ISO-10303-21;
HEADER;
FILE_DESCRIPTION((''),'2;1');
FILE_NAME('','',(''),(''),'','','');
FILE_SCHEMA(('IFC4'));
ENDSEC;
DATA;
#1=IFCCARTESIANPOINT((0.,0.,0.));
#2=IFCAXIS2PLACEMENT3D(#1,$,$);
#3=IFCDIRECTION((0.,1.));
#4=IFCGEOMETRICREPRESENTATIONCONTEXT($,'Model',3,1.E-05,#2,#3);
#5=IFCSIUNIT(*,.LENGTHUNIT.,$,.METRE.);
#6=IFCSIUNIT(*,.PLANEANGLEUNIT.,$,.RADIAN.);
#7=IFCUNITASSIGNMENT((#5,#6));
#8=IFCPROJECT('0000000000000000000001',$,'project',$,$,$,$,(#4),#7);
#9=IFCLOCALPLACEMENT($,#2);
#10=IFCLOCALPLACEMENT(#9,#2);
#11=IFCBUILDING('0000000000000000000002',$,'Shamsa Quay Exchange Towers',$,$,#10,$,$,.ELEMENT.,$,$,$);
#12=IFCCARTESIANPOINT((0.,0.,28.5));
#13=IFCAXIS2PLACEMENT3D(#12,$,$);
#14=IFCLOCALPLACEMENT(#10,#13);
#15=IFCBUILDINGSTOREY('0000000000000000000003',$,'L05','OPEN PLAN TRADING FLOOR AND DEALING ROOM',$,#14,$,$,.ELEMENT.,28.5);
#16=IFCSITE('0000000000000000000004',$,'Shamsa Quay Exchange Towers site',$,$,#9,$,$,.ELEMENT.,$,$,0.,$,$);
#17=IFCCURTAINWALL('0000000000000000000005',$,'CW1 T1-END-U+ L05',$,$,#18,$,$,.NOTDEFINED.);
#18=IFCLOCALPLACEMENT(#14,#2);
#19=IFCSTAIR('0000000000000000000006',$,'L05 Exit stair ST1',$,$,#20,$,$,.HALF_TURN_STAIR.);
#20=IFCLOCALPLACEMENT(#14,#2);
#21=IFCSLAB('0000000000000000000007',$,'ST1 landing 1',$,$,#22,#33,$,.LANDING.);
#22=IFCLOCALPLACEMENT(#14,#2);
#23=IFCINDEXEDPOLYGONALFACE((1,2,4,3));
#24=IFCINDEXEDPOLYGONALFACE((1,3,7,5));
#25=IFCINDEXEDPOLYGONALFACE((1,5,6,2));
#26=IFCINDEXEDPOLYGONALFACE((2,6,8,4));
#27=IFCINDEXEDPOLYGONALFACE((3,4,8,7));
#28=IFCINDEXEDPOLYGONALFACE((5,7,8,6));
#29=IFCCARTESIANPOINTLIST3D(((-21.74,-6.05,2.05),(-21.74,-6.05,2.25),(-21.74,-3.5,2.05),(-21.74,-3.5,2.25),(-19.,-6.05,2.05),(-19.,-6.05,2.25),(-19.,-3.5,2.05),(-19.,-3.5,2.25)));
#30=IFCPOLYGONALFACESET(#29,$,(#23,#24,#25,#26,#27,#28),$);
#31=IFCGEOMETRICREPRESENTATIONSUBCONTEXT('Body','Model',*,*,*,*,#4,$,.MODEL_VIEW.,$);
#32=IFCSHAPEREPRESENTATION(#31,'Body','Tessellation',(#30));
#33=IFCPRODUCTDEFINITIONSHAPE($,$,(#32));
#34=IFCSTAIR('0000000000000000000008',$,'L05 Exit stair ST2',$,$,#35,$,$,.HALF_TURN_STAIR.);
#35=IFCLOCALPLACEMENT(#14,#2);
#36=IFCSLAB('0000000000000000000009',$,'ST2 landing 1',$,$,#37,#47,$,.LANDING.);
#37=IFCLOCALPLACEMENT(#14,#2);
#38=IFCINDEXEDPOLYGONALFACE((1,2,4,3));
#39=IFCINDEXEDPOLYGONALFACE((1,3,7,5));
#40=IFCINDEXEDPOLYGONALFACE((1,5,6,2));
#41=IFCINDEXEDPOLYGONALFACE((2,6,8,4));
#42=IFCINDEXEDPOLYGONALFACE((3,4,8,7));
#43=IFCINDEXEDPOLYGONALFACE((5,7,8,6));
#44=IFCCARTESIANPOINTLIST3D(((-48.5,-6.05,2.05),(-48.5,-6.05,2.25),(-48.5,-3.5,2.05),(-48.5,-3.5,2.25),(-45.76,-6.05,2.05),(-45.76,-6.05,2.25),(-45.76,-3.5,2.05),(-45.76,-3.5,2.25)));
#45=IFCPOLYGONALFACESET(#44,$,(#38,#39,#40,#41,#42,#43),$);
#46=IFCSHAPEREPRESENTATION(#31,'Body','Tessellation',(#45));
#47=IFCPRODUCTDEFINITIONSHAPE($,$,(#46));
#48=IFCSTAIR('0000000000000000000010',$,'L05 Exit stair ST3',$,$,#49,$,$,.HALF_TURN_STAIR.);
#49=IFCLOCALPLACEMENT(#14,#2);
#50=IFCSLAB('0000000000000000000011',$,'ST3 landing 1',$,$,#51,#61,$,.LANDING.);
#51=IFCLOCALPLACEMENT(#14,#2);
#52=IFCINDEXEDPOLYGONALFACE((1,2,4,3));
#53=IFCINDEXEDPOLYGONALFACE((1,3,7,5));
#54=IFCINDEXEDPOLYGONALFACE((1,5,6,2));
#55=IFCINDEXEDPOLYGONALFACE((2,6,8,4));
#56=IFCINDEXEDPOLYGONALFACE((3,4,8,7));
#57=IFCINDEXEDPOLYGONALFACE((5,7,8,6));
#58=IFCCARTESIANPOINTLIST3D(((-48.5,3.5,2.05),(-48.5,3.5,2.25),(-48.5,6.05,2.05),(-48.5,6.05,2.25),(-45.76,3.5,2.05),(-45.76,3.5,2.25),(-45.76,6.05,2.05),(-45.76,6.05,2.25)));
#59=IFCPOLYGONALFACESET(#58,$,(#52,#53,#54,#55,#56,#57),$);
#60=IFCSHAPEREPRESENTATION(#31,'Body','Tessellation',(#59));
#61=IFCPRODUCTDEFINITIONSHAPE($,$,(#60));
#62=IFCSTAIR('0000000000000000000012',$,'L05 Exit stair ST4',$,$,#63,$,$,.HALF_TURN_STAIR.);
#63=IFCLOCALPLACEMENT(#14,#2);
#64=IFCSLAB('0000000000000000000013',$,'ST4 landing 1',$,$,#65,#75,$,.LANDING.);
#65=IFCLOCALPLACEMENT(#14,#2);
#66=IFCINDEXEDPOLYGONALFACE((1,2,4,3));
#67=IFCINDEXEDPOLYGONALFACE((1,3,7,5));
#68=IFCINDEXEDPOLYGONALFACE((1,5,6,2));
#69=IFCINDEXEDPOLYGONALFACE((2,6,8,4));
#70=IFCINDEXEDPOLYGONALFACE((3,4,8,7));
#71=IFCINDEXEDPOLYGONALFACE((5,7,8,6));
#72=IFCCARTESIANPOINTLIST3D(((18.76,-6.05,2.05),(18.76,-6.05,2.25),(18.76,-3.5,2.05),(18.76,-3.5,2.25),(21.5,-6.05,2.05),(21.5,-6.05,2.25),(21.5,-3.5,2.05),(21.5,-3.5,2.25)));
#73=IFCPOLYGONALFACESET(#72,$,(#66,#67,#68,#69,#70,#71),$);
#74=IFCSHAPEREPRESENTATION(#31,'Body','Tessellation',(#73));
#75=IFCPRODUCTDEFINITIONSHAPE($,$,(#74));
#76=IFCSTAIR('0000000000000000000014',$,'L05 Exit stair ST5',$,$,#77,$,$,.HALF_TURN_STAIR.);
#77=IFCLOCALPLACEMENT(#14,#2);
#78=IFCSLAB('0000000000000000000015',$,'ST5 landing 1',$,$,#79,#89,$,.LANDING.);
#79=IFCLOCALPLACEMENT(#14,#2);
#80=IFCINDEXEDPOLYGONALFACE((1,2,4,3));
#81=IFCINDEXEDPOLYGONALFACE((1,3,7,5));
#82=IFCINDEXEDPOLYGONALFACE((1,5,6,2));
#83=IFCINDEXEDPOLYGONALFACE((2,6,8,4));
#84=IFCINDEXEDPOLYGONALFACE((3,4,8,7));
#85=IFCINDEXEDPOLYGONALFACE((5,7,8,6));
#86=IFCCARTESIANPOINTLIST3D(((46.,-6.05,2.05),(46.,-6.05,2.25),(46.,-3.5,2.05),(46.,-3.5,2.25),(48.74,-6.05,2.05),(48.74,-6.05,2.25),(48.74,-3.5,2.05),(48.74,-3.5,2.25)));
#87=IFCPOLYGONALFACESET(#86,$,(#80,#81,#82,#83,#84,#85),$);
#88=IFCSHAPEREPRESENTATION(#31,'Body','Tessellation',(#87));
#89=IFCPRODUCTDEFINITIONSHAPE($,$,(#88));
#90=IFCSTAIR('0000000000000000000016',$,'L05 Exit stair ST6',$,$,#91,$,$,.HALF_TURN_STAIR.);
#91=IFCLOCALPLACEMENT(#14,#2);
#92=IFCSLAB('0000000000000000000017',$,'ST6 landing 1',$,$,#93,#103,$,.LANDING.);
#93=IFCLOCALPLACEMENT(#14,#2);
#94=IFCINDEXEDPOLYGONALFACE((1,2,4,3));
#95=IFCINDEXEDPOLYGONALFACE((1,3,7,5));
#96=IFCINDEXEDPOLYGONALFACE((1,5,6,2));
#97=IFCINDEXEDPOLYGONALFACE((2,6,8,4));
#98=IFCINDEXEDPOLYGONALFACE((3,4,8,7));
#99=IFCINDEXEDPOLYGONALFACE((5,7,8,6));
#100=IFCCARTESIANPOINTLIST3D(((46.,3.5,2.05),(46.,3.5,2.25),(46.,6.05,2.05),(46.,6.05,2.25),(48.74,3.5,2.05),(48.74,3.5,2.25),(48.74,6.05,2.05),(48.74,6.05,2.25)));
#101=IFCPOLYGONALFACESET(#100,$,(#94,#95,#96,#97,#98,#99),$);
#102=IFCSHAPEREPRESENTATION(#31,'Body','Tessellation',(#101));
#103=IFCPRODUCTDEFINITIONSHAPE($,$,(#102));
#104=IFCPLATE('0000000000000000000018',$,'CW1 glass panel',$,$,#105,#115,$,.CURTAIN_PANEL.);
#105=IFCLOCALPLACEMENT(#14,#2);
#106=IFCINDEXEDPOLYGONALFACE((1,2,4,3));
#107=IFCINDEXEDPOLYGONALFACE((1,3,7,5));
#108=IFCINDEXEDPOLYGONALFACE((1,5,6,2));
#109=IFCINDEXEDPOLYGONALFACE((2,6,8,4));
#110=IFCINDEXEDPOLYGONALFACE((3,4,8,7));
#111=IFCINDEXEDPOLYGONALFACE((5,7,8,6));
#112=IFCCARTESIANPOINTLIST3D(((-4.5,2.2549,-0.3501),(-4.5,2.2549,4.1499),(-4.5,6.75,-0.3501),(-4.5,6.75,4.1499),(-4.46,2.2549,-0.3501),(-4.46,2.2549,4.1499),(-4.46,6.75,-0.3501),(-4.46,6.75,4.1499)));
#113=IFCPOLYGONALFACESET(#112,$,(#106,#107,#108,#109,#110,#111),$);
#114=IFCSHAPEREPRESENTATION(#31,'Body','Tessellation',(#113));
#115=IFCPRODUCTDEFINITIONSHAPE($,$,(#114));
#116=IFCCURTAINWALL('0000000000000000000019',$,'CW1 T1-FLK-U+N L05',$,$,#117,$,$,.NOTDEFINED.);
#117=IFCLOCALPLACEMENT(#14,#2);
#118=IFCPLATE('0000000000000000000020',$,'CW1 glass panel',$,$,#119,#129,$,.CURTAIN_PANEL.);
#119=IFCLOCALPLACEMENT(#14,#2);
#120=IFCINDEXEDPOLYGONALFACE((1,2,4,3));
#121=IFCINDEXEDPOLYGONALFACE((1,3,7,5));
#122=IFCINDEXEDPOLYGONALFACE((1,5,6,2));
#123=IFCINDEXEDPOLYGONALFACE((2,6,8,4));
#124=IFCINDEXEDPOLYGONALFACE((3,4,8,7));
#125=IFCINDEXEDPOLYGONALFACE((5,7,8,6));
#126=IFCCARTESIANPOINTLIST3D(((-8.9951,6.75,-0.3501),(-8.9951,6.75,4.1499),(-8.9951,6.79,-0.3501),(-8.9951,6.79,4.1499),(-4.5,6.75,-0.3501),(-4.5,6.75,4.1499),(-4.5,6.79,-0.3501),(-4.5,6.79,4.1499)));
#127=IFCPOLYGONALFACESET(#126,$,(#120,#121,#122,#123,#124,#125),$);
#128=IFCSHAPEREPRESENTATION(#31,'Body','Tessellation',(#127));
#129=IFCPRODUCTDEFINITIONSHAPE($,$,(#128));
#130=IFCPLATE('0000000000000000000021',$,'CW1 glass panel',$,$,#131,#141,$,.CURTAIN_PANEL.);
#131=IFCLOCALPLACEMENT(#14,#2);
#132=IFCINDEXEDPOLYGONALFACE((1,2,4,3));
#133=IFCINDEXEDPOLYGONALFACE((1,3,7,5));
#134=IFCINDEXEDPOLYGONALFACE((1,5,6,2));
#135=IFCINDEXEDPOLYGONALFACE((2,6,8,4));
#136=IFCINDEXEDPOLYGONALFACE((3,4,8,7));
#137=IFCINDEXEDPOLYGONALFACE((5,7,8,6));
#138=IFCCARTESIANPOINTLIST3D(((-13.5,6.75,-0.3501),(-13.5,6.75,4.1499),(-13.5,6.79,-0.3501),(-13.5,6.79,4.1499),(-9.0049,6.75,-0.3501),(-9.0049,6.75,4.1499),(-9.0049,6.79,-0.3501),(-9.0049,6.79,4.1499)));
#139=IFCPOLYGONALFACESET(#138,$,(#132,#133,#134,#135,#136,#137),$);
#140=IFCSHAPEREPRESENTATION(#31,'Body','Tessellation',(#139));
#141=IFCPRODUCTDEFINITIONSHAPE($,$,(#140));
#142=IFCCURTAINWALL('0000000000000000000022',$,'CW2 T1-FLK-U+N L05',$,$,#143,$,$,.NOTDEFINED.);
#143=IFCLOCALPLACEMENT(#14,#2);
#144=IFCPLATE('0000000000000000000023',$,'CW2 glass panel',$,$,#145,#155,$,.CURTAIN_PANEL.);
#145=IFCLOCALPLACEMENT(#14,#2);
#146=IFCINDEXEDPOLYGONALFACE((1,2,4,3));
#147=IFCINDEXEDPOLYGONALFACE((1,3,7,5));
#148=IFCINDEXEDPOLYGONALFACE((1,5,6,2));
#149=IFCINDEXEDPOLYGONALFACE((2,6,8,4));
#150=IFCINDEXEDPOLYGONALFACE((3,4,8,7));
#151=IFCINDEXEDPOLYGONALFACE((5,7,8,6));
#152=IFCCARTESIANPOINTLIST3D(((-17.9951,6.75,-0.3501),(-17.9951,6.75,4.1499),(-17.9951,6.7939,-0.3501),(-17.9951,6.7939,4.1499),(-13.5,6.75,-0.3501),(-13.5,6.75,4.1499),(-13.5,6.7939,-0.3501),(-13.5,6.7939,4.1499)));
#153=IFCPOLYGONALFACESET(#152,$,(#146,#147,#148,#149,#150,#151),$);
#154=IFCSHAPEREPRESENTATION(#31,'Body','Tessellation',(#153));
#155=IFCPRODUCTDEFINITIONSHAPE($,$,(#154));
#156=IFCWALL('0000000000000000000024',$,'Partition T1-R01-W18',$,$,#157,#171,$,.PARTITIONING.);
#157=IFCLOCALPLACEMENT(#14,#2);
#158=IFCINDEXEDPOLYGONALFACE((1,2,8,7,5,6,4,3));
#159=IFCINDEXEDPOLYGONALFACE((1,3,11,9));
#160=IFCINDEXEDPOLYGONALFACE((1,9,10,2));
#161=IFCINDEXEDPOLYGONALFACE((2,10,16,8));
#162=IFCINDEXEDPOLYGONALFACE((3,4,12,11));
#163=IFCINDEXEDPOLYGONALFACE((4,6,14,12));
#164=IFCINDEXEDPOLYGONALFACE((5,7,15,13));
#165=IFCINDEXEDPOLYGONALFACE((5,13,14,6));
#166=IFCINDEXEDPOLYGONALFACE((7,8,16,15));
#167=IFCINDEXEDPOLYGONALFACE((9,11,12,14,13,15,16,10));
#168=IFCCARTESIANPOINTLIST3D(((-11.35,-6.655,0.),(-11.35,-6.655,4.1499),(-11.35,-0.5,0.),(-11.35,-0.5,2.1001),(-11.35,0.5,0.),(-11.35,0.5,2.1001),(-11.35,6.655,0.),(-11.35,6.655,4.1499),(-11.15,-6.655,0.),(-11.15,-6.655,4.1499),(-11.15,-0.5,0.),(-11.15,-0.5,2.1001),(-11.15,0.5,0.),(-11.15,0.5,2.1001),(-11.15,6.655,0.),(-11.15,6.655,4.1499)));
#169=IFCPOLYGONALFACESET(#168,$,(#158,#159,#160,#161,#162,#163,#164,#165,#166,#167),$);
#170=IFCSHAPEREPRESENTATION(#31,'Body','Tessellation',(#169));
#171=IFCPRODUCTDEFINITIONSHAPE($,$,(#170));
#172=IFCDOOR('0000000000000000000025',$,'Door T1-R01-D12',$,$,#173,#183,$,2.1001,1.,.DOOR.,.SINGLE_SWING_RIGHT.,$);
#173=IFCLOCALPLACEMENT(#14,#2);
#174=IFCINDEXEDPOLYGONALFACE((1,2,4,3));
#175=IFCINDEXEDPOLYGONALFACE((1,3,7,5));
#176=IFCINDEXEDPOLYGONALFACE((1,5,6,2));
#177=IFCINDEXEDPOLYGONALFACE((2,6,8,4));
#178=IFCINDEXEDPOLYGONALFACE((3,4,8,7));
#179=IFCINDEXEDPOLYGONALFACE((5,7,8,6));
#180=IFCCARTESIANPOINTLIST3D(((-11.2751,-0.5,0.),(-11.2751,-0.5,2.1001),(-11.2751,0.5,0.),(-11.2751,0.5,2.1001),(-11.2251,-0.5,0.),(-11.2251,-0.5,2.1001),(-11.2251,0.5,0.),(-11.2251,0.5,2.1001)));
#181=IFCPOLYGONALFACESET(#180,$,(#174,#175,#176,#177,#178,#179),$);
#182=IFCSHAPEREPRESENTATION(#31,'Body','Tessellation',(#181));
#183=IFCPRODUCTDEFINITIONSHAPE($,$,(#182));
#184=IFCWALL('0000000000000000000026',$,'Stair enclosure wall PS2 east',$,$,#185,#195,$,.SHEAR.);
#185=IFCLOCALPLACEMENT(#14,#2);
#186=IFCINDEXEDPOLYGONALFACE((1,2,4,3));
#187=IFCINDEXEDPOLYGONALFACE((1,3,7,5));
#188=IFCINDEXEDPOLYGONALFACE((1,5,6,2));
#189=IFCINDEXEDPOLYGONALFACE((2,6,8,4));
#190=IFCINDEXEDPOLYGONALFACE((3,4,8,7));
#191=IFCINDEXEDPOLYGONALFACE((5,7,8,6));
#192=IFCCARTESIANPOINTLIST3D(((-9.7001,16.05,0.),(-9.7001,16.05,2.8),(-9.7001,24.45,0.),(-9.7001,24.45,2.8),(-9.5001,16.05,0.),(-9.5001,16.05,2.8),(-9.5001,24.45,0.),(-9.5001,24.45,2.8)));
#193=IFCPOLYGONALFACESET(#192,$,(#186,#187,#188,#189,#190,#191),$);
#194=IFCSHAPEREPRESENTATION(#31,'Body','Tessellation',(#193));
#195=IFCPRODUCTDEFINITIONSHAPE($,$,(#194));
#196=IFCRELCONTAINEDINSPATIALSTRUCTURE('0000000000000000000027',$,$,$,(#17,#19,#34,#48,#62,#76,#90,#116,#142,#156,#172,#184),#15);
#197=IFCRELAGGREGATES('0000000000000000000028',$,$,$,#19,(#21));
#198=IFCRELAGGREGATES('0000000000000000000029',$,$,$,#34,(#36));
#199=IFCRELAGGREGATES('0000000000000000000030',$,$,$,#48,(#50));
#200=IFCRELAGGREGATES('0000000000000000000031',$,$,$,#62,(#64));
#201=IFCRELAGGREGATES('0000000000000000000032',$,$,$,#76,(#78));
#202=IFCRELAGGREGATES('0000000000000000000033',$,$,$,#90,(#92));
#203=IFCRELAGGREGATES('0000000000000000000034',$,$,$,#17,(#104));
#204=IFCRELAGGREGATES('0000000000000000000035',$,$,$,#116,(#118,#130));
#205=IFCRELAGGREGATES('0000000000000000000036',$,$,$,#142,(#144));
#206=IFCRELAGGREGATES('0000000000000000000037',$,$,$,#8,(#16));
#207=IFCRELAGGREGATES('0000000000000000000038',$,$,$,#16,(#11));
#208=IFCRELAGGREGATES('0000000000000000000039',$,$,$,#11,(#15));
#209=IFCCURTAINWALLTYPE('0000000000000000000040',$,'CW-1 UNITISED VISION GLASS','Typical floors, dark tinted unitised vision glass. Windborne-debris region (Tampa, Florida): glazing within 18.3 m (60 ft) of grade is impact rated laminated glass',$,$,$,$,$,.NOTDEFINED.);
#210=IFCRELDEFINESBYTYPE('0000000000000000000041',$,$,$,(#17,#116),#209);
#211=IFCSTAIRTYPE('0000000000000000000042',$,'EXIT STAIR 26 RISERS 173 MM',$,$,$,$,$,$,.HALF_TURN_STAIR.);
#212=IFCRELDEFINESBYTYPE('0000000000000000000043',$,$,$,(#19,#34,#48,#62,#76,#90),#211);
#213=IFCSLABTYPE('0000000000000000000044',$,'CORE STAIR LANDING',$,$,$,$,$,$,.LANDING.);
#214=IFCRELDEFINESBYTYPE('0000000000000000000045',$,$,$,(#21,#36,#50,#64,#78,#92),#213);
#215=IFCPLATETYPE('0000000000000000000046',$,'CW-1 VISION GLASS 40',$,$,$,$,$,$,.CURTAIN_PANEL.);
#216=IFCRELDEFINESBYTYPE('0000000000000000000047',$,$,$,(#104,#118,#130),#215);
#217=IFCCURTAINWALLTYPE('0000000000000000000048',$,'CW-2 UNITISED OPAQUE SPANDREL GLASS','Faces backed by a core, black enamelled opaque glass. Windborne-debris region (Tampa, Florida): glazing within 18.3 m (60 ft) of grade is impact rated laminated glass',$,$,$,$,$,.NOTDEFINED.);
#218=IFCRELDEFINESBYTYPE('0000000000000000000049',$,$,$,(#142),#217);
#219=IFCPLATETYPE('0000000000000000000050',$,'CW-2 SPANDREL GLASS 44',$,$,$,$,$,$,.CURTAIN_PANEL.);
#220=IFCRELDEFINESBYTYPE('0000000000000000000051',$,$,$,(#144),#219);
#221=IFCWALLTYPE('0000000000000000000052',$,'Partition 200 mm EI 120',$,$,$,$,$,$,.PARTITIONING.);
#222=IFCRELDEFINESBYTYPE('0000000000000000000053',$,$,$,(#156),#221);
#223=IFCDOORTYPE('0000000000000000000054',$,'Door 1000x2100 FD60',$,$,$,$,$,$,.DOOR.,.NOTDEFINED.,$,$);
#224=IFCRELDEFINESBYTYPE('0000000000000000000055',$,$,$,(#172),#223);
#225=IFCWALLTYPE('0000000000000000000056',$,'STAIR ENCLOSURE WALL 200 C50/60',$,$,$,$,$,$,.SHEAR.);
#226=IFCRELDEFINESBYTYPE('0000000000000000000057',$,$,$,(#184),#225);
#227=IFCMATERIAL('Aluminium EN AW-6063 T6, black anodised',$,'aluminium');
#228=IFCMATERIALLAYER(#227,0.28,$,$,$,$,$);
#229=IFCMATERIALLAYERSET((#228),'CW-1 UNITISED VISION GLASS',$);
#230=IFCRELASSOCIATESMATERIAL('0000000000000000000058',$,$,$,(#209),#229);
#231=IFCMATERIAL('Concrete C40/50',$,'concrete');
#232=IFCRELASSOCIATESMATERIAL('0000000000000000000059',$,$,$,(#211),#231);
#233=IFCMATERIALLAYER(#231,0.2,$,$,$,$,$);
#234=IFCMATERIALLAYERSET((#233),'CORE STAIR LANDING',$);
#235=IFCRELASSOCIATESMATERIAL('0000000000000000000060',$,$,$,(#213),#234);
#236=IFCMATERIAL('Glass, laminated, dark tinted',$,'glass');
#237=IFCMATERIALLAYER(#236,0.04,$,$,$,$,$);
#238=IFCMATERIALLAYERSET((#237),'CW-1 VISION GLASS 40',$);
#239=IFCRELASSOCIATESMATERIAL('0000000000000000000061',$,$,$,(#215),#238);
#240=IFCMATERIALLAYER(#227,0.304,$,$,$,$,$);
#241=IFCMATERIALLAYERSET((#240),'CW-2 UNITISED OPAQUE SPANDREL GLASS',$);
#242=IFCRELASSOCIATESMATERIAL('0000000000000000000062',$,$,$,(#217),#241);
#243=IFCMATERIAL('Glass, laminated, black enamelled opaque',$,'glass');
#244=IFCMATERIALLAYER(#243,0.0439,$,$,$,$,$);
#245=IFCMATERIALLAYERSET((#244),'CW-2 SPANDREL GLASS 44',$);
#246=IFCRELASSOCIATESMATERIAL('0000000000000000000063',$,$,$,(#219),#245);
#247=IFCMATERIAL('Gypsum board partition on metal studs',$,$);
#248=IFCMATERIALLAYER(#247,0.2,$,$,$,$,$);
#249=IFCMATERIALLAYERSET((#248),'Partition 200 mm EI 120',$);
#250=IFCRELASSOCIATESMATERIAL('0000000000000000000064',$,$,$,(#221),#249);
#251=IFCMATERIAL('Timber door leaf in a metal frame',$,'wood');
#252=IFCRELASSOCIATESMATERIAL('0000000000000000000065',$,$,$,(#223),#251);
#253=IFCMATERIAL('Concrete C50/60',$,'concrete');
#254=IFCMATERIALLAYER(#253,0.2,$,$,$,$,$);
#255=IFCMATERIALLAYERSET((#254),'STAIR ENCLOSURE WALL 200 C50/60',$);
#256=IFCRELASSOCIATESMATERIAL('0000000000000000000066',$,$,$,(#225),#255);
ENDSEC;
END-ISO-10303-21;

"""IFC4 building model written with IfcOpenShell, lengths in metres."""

from ifc_helpers import new_model, si_unit, direction, frame, frame_2d, origin, origin_2d, place, context, subcontext, project, spatial, polyline, rectangle, outline, extrude, material, layer, layer_set, type_object, element, fill, aggregate, save


model = new_model("IFC4")

# Units and contexts
model_context = context("Model", 3, precision=1e-05, world=origin(), true_north=direction((0.0, 1.0)))
body_context = subcontext(model_context, "Body", "Model", "MODEL_VIEW")
ifc_project = project(units=[si_unit("LENGTHUNIT", "METRE"), si_unit("PLANEANGLEUNIT", "RADIAN")], contexts=[model_context])

# Site, building, storey
site_placement = place(None, origin())
site = spatial("IfcSite", under=ifc_project, at=site_placement, Name="Shamsa Quay Exchange Towers site", CompositionType="ELEMENT", RefElevation=0.0)
building_placement = place(site_placement, origin())
building = spatial("IfcBuilding", under=site, at=building_placement, Name="Shamsa Quay Exchange Towers", CompositionType="ELEMENT")
storey_placement = place(building_placement, frame((0.0, 0.0, 28.5)))
storey = spatial("IfcBuildingStorey", under=building, at=storey_placement, Name="L05", Description="OPEN PLAN TRADING FLOOR AND DEALING ROOM", CompositionType="ELEMENT", Elevation=28.5)

# Curtain wall
ifc_material_1 = material(Name="Aluminium EN AW-6063 T6, black anodised", Category="aluminium")
ifc_layer_1 = layer(ifc_material_1, 0.28)
ifc_layer_set_1 = layer_set([ifc_layer_1], Name="CW-1 UNITISED VISION GLASS")
curtain_wall_type_1 = type_object("IfcCurtainWallType", Name="CW-1 UNITISED VISION GLASS", Description="Typical floors, dark tinted unitised vision glass. Windborne-debris region (Tampa, Florida): glazing within 18.3 m (60 ft) of grade is impact rated laminated glass", PredefinedType="NOTDEFINED", material=ifc_layer_set_1)
curtain_wall_1_placement = place(storey_placement, origin())
curtain_wall_1 = element("IfcCurtainWall", 1, at=curtain_wall_1_placement, inside=storey, type_object=curtain_wall_type_1, Name="CW1 T1-END-U+ L05", PredefinedType="NOTDEFINED")

# Shared definitions
ifc_material_2 = material(Name="Concrete C50/60", Category="concrete")

# Stairs, slabs
ifc_material_3 = material(Name="Concrete C40/50", Category="concrete")
stair_type = type_object("IfcStairType", Name="EXIT STAIR 26 RISERS 173 MM", PredefinedType="HALF_TURN_STAIR", material=ifc_material_3)
stair_1_placement = place(storey_placement, origin())
stair_1 = element("IfcStair", 2, at=stair_1_placement, inside=storey, type_object=stair_type, Name="L05 Exit stair ST1", PredefinedType="HALF_TURN_STAIR")
ifc_layer_2 = layer(ifc_material_3, 0.2)
ifc_layer_set_2 = layer_set([ifc_layer_2], Name="CORE STAIR LANDING")
slab_type_1 = type_object("IfcSlabType", Name="CORE STAIR LANDING", PredefinedType="LANDING", material=ifc_layer_set_2)
slab_1_placement = place(storey_placement, frame((0.0, 0.0, 2.05)))
slab_1 = element("IfcSlab", 3, at=slab_1_placement, type_object=slab_type_1, Name="ST1 landing 1", PredefinedType="LANDING", context=body_context, shape_type="SweptSolid", body=[
    extrude(outline(polyline([(-21.74, -6.05), (-19.0, -6.05), (-19.0, -3.5), (-21.74, -3.5), (-21.74, -6.05)])), origin(), (0.0, 0.0, 1.0), 0.2),
])
aggregate(stair_1, [slab_1])
stair_2_placement = place(storey_placement, origin())
stair_2 = element("IfcStair", 4, at=stair_2_placement, inside=storey, type_object=stair_type, Name="L05 Exit stair ST2", PredefinedType="HALF_TURN_STAIR")
slab_2_placement = place(storey_placement, frame((0.0, 0.0, 2.05)))
slab_2 = element("IfcSlab", 5, at=slab_2_placement, type_object=slab_type_1, Name="ST2 landing 1", PredefinedType="LANDING", context=body_context, shape_type="SweptSolid", body=[
    extrude(outline(polyline([(-45.76, -3.5), (-48.5, -3.5), (-48.5, -6.05), (-45.76, -6.05), (-45.76, -3.5)])), origin(), (0.0, 0.0, 1.0), 0.2),
])
aggregate(stair_2, [slab_2])
stair_3_placement = place(storey_placement, origin())
stair_3 = element("IfcStair", 6, at=stair_3_placement, inside=storey, type_object=stair_type, Name="L05 Exit stair ST3", PredefinedType="HALF_TURN_STAIR")
slab_3_placement = place(storey_placement, frame((0.0, 0.0, 2.05)))
slab_3 = element("IfcSlab", 7, at=slab_3_placement, type_object=slab_type_1, Name="ST3 landing 1", PredefinedType="LANDING", context=body_context, shape_type="SweptSolid", body=[
    extrude(outline(polyline([(-45.76, 6.05), (-48.5, 6.05), (-48.5, 3.5), (-45.76, 3.5), (-45.76, 6.05)])), origin(), (0.0, 0.0, 1.0), 0.2),
])
aggregate(stair_3, [slab_3])
stair_4_placement = place(storey_placement, origin())
stair_4 = element("IfcStair", 8, at=stair_4_placement, inside=storey, type_object=stair_type, Name="L05 Exit stair ST4", PredefinedType="HALF_TURN_STAIR")
slab_4_placement = place(storey_placement, frame((0.0, 0.0, 2.05)))
slab_4 = element("IfcSlab", 9, at=slab_4_placement, type_object=slab_type_1, Name="ST4 landing 1", PredefinedType="LANDING", context=body_context, shape_type="SweptSolid", body=[
    extrude(outline(polyline([(18.76, -6.05), (21.5, -6.05), (21.5, -3.5), (18.76, -3.5), (18.76, -6.05)])), origin(), (0.0, 0.0, 1.0), 0.2),
])
aggregate(stair_4, [slab_4])
stair_5_placement = place(storey_placement, origin())
stair_5 = element("IfcStair", 10, at=stair_5_placement, inside=storey, type_object=stair_type, Name="L05 Exit stair ST5", PredefinedType="HALF_TURN_STAIR")
slab_5_placement = place(storey_placement, frame((0.0, 0.0, 2.05)))
slab_5 = element("IfcSlab", 11, at=slab_5_placement, type_object=slab_type_1, Name="ST5 landing 1", PredefinedType="LANDING", context=body_context, shape_type="SweptSolid", body=[
    extrude(outline(polyline([(48.74, -3.5), (46.0, -3.5), (46.0, -6.05), (48.74, -6.05), (48.74, -3.5)])), origin(), (0.0, 0.0, 1.0), 0.2),
])
aggregate(stair_5, [slab_5])
stair_6_placement = place(storey_placement, origin())
stair_6 = element("IfcStair", 12, at=stair_6_placement, inside=storey, type_object=stair_type, Name="L05 Exit stair ST6", PredefinedType="HALF_TURN_STAIR")
slab_6_placement = place(storey_placement, frame((0.0, 0.0, 2.05)))
slab_6 = element("IfcSlab", 13, at=slab_6_placement, type_object=slab_type_1, Name="ST6 landing 1", PredefinedType="LANDING", context=body_context, shape_type="SweptSolid", body=[
    extrude(outline(polyline([(48.74, 6.05), (46.0, 6.05), (46.0, 3.5), (48.74, 3.5), (48.74, 6.05)])), origin(), (0.0, 0.0, 1.0), 0.2),
])
aggregate(stair_6, [slab_6])

# Plate
ifc_material_4 = material(Name="Glass, laminated, dark tinted", Category="glass")
ifc_layer_3 = layer(ifc_material_4, 0.04)
ifc_layer_set_3 = layer_set([ifc_layer_3], Name="CW-1 VISION GLASS 40")
plate_type_1 = type_object("IfcPlateType", Name="CW-1 VISION GLASS 40", PredefinedType="CURTAIN_PANEL", material=ifc_layer_set_3)
plate_1_placement = place(storey_placement, frame((-4.48, 4.5024, -0.3501), z_axis=(0.0, 0.0, 1.0), x_axis=(0.0, 1.0, 0.0)))
plate_1 = element("IfcPlate", 14, at=plate_1_placement, type_object=plate_type_1, Name="CW1 glass panel", PredefinedType="CURTAIN_PANEL", context=body_context, shape_type="SweptSolid", body=[
    extrude(rectangle(XDim=4.4951, YDim=0.04, at=origin_2d()), origin(), (0.0, 0.0, 1.0), 4.5),
])
aggregate(curtain_wall_1, [plate_1])

# Curtain wall, plates
curtain_wall_2_placement = place(storey_placement, origin())
curtain_wall_2 = element("IfcCurtainWall", 15, at=curtain_wall_2_placement, inside=storey, type_object=curtain_wall_type_1, Name="CW1 T1-FLK-U+N L05", PredefinedType="NOTDEFINED")
plate_2_placement = place(storey_placement, frame((-6.7476, 6.77, -0.3501), z_axis=(0.0, 0.0, 1.0), x_axis=(-1.0, 0.0, 0.0)))
plate_2 = element("IfcPlate", 16, at=plate_2_placement, type_object=plate_type_1, Name="CW1 glass panel", PredefinedType="CURTAIN_PANEL", context=body_context, shape_type="SweptSolid", body=[
    extrude(rectangle(XDim=4.4951, YDim=0.04, at=origin_2d()), origin(), (0.0, 0.0, 1.0), 4.5),
])
plate_3_placement = place(storey_placement, frame((-11.2524, 6.77, -0.3501), z_axis=(0.0, 0.0, 1.0), x_axis=(-1.0, 0.0, 0.0)))
plate_3 = element("IfcPlate", 17, at=plate_3_placement, type_object=plate_type_1, Name="CW1 glass panel", PredefinedType="CURTAIN_PANEL", context=body_context, shape_type="SweptSolid", body=[
    extrude(rectangle(XDim=4.4951, YDim=0.04, at=origin_2d()), origin(), (0.0, 0.0, 1.0), 4.5),
])
aggregate(curtain_wall_2, [plate_2, plate_3])

# Curtain wall, plate
ifc_layer_4 = layer(ifc_material_1, 0.304)
ifc_layer_set_4 = layer_set([ifc_layer_4], Name="CW-2 UNITISED OPAQUE SPANDREL GLASS")
curtain_wall_type_2 = type_object("IfcCurtainWallType", Name="CW-2 UNITISED OPAQUE SPANDREL GLASS", Description="Faces backed by a core, black enamelled opaque glass. Windborne-debris region (Tampa, Florida): glazing within 18.3 m (60 ft) of grade is impact rated laminated glass", PredefinedType="NOTDEFINED", material=ifc_layer_set_4)
curtain_wall_3_placement = place(storey_placement, origin())
curtain_wall_3 = element("IfcCurtainWall", 18, at=curtain_wall_3_placement, inside=storey, type_object=curtain_wall_type_2, Name="CW2 T1-FLK-U+N L05", PredefinedType="NOTDEFINED")
ifc_material_5 = material(Name="Glass, laminated, black enamelled opaque", Category="glass")
ifc_layer_5 = layer(ifc_material_5, 0.0439)
ifc_layer_set_5 = layer_set([ifc_layer_5], Name="CW-2 SPANDREL GLASS 44")
plate_type_2 = type_object("IfcPlateType", Name="CW-2 SPANDREL GLASS 44", PredefinedType="CURTAIN_PANEL", material=ifc_layer_set_5)
plate_4_placement = place(storey_placement, frame((-15.7476, 6.772, -0.3501), z_axis=(0.0, 0.0, 1.0), x_axis=(-1.0, 0.0, 0.0)))
plate_4 = element("IfcPlate", 19, at=plate_4_placement, type_object=plate_type_2, Name="CW2 glass panel", PredefinedType="CURTAIN_PANEL", context=body_context, shape_type="SweptSolid", body=[
    extrude(rectangle(XDim=4.4951, YDim=0.0439, at=origin_2d()), origin(), (0.0, 0.0, 1.0), 4.5),
])
aggregate(curtain_wall_3, [plate_4])

# Wall, opening, door
ifc_material_6 = material(Name="Gypsum board partition on metal studs")
ifc_layer_6 = layer(ifc_material_6, 0.2)
ifc_layer_set_6 = layer_set([ifc_layer_6], Name="Partition 200 mm EI 120")
wall_type_1 = type_object("IfcWallType", Name="Partition 200 mm EI 120", PredefinedType="PARTITIONING", material=ifc_layer_set_6)
wall_1_placement = place(storey_placement, frame((-11.25, 6.655, 0.0), z_axis=(0.0, 0.0, 1.0), x_axis=(0.0, -1.0, 0.0)))
wall_1 = element("IfcWall", 20, at=wall_1_placement, inside=storey, type_object=wall_type_1, Name="Partition T1-R01-W18", PredefinedType="PARTITIONING", context=body_context, shape_type="SweptSolid", body=[
    extrude(rectangle(XDim=13.3101, YDim=0.2, at=frame_2d((6.655, 0.0))), origin(), (0.0, 0.0, 1.0), 4.1499),
])
opening_1_placement = place(wall_1_placement, frame((6.155, 0.0, 0.0)))
opening_1 = element("IfcOpeningElement", 21, at=opening_1_placement, cuts=wall_1, PredefinedType="OPENING", context=body_context, shape_type="SweptSolid", body=[
    extrude(rectangle(XDim=1.0, YDim=2.1001, at=frame_2d((0.5, 1.05))), frame((0.0, 0.1099, 0.0), z_axis=(0.0, -1.0, 0.0), x_axis=(1.0, 0.0, 0.0)), (0.0, 0.0, 1.0), 0.22),
])
ifc_material_7 = material(Name="Timber door leaf in a metal frame", Category="wood")
door_type_1 = type_object("IfcDoorType", Name="Door 1000x2100 FD60", OperationType="NOTDEFINED", PredefinedType="DOOR", material=ifc_material_7)
door_1_placement = place(opening_1_placement, origin())
door_1 = element("IfcDoor", 22, at=door_1_placement, inside=storey, type_object=door_type_1, Name="Door T1-R01-D12", OperationType="SINGLE_SWING_RIGHT", OverallHeight=2.1001, OverallWidth=1.0, PredefinedType="DOOR", context=body_context, shape_type="SweptSolid", body=[
    extrude(rectangle(XDim=1.0, YDim=2.1001, at=frame_2d((0.5, 1.05))), frame((0.0, 0.0249, 0.0), z_axis=(0.0, -1.0, 0.0), x_axis=(1.0, 0.0, 0.0)), (0.0, 0.0, 1.0), 0.05),
])
fill(opening_1, door_1)

# Wall
ifc_layer_7 = layer(ifc_material_2, 0.2)
ifc_layer_set_7 = layer_set([ifc_layer_7], Name="STAIR ENCLOSURE WALL 200 C50/60")
wall_type_2 = type_object("IfcWallType", Name="STAIR ENCLOSURE WALL 200 C50/60", PredefinedType="SHEAR", material=ifc_layer_set_7)
wall_2_placement = place(storey_placement, frame((-9.6001, 16.05, 0.0), z_axis=(0.0, 0.0, 1.0), x_axis=(0.0, 1.0, 0.0)))
element("IfcWall", 23, at=wall_2_placement, inside=storey, type_object=wall_type_2, Name="Stair enclosure wall PS2 east", PredefinedType="SHEAR", context=body_context, shape_type="SweptSolid", body=[
    extrude(rectangle(XDim=8.3999, YDim=0.2, at=frame_2d((4.2, 0.0))), origin(), (0.0, 0.0, 1.0), 2.8),
])

save(model, "model.ifc")
